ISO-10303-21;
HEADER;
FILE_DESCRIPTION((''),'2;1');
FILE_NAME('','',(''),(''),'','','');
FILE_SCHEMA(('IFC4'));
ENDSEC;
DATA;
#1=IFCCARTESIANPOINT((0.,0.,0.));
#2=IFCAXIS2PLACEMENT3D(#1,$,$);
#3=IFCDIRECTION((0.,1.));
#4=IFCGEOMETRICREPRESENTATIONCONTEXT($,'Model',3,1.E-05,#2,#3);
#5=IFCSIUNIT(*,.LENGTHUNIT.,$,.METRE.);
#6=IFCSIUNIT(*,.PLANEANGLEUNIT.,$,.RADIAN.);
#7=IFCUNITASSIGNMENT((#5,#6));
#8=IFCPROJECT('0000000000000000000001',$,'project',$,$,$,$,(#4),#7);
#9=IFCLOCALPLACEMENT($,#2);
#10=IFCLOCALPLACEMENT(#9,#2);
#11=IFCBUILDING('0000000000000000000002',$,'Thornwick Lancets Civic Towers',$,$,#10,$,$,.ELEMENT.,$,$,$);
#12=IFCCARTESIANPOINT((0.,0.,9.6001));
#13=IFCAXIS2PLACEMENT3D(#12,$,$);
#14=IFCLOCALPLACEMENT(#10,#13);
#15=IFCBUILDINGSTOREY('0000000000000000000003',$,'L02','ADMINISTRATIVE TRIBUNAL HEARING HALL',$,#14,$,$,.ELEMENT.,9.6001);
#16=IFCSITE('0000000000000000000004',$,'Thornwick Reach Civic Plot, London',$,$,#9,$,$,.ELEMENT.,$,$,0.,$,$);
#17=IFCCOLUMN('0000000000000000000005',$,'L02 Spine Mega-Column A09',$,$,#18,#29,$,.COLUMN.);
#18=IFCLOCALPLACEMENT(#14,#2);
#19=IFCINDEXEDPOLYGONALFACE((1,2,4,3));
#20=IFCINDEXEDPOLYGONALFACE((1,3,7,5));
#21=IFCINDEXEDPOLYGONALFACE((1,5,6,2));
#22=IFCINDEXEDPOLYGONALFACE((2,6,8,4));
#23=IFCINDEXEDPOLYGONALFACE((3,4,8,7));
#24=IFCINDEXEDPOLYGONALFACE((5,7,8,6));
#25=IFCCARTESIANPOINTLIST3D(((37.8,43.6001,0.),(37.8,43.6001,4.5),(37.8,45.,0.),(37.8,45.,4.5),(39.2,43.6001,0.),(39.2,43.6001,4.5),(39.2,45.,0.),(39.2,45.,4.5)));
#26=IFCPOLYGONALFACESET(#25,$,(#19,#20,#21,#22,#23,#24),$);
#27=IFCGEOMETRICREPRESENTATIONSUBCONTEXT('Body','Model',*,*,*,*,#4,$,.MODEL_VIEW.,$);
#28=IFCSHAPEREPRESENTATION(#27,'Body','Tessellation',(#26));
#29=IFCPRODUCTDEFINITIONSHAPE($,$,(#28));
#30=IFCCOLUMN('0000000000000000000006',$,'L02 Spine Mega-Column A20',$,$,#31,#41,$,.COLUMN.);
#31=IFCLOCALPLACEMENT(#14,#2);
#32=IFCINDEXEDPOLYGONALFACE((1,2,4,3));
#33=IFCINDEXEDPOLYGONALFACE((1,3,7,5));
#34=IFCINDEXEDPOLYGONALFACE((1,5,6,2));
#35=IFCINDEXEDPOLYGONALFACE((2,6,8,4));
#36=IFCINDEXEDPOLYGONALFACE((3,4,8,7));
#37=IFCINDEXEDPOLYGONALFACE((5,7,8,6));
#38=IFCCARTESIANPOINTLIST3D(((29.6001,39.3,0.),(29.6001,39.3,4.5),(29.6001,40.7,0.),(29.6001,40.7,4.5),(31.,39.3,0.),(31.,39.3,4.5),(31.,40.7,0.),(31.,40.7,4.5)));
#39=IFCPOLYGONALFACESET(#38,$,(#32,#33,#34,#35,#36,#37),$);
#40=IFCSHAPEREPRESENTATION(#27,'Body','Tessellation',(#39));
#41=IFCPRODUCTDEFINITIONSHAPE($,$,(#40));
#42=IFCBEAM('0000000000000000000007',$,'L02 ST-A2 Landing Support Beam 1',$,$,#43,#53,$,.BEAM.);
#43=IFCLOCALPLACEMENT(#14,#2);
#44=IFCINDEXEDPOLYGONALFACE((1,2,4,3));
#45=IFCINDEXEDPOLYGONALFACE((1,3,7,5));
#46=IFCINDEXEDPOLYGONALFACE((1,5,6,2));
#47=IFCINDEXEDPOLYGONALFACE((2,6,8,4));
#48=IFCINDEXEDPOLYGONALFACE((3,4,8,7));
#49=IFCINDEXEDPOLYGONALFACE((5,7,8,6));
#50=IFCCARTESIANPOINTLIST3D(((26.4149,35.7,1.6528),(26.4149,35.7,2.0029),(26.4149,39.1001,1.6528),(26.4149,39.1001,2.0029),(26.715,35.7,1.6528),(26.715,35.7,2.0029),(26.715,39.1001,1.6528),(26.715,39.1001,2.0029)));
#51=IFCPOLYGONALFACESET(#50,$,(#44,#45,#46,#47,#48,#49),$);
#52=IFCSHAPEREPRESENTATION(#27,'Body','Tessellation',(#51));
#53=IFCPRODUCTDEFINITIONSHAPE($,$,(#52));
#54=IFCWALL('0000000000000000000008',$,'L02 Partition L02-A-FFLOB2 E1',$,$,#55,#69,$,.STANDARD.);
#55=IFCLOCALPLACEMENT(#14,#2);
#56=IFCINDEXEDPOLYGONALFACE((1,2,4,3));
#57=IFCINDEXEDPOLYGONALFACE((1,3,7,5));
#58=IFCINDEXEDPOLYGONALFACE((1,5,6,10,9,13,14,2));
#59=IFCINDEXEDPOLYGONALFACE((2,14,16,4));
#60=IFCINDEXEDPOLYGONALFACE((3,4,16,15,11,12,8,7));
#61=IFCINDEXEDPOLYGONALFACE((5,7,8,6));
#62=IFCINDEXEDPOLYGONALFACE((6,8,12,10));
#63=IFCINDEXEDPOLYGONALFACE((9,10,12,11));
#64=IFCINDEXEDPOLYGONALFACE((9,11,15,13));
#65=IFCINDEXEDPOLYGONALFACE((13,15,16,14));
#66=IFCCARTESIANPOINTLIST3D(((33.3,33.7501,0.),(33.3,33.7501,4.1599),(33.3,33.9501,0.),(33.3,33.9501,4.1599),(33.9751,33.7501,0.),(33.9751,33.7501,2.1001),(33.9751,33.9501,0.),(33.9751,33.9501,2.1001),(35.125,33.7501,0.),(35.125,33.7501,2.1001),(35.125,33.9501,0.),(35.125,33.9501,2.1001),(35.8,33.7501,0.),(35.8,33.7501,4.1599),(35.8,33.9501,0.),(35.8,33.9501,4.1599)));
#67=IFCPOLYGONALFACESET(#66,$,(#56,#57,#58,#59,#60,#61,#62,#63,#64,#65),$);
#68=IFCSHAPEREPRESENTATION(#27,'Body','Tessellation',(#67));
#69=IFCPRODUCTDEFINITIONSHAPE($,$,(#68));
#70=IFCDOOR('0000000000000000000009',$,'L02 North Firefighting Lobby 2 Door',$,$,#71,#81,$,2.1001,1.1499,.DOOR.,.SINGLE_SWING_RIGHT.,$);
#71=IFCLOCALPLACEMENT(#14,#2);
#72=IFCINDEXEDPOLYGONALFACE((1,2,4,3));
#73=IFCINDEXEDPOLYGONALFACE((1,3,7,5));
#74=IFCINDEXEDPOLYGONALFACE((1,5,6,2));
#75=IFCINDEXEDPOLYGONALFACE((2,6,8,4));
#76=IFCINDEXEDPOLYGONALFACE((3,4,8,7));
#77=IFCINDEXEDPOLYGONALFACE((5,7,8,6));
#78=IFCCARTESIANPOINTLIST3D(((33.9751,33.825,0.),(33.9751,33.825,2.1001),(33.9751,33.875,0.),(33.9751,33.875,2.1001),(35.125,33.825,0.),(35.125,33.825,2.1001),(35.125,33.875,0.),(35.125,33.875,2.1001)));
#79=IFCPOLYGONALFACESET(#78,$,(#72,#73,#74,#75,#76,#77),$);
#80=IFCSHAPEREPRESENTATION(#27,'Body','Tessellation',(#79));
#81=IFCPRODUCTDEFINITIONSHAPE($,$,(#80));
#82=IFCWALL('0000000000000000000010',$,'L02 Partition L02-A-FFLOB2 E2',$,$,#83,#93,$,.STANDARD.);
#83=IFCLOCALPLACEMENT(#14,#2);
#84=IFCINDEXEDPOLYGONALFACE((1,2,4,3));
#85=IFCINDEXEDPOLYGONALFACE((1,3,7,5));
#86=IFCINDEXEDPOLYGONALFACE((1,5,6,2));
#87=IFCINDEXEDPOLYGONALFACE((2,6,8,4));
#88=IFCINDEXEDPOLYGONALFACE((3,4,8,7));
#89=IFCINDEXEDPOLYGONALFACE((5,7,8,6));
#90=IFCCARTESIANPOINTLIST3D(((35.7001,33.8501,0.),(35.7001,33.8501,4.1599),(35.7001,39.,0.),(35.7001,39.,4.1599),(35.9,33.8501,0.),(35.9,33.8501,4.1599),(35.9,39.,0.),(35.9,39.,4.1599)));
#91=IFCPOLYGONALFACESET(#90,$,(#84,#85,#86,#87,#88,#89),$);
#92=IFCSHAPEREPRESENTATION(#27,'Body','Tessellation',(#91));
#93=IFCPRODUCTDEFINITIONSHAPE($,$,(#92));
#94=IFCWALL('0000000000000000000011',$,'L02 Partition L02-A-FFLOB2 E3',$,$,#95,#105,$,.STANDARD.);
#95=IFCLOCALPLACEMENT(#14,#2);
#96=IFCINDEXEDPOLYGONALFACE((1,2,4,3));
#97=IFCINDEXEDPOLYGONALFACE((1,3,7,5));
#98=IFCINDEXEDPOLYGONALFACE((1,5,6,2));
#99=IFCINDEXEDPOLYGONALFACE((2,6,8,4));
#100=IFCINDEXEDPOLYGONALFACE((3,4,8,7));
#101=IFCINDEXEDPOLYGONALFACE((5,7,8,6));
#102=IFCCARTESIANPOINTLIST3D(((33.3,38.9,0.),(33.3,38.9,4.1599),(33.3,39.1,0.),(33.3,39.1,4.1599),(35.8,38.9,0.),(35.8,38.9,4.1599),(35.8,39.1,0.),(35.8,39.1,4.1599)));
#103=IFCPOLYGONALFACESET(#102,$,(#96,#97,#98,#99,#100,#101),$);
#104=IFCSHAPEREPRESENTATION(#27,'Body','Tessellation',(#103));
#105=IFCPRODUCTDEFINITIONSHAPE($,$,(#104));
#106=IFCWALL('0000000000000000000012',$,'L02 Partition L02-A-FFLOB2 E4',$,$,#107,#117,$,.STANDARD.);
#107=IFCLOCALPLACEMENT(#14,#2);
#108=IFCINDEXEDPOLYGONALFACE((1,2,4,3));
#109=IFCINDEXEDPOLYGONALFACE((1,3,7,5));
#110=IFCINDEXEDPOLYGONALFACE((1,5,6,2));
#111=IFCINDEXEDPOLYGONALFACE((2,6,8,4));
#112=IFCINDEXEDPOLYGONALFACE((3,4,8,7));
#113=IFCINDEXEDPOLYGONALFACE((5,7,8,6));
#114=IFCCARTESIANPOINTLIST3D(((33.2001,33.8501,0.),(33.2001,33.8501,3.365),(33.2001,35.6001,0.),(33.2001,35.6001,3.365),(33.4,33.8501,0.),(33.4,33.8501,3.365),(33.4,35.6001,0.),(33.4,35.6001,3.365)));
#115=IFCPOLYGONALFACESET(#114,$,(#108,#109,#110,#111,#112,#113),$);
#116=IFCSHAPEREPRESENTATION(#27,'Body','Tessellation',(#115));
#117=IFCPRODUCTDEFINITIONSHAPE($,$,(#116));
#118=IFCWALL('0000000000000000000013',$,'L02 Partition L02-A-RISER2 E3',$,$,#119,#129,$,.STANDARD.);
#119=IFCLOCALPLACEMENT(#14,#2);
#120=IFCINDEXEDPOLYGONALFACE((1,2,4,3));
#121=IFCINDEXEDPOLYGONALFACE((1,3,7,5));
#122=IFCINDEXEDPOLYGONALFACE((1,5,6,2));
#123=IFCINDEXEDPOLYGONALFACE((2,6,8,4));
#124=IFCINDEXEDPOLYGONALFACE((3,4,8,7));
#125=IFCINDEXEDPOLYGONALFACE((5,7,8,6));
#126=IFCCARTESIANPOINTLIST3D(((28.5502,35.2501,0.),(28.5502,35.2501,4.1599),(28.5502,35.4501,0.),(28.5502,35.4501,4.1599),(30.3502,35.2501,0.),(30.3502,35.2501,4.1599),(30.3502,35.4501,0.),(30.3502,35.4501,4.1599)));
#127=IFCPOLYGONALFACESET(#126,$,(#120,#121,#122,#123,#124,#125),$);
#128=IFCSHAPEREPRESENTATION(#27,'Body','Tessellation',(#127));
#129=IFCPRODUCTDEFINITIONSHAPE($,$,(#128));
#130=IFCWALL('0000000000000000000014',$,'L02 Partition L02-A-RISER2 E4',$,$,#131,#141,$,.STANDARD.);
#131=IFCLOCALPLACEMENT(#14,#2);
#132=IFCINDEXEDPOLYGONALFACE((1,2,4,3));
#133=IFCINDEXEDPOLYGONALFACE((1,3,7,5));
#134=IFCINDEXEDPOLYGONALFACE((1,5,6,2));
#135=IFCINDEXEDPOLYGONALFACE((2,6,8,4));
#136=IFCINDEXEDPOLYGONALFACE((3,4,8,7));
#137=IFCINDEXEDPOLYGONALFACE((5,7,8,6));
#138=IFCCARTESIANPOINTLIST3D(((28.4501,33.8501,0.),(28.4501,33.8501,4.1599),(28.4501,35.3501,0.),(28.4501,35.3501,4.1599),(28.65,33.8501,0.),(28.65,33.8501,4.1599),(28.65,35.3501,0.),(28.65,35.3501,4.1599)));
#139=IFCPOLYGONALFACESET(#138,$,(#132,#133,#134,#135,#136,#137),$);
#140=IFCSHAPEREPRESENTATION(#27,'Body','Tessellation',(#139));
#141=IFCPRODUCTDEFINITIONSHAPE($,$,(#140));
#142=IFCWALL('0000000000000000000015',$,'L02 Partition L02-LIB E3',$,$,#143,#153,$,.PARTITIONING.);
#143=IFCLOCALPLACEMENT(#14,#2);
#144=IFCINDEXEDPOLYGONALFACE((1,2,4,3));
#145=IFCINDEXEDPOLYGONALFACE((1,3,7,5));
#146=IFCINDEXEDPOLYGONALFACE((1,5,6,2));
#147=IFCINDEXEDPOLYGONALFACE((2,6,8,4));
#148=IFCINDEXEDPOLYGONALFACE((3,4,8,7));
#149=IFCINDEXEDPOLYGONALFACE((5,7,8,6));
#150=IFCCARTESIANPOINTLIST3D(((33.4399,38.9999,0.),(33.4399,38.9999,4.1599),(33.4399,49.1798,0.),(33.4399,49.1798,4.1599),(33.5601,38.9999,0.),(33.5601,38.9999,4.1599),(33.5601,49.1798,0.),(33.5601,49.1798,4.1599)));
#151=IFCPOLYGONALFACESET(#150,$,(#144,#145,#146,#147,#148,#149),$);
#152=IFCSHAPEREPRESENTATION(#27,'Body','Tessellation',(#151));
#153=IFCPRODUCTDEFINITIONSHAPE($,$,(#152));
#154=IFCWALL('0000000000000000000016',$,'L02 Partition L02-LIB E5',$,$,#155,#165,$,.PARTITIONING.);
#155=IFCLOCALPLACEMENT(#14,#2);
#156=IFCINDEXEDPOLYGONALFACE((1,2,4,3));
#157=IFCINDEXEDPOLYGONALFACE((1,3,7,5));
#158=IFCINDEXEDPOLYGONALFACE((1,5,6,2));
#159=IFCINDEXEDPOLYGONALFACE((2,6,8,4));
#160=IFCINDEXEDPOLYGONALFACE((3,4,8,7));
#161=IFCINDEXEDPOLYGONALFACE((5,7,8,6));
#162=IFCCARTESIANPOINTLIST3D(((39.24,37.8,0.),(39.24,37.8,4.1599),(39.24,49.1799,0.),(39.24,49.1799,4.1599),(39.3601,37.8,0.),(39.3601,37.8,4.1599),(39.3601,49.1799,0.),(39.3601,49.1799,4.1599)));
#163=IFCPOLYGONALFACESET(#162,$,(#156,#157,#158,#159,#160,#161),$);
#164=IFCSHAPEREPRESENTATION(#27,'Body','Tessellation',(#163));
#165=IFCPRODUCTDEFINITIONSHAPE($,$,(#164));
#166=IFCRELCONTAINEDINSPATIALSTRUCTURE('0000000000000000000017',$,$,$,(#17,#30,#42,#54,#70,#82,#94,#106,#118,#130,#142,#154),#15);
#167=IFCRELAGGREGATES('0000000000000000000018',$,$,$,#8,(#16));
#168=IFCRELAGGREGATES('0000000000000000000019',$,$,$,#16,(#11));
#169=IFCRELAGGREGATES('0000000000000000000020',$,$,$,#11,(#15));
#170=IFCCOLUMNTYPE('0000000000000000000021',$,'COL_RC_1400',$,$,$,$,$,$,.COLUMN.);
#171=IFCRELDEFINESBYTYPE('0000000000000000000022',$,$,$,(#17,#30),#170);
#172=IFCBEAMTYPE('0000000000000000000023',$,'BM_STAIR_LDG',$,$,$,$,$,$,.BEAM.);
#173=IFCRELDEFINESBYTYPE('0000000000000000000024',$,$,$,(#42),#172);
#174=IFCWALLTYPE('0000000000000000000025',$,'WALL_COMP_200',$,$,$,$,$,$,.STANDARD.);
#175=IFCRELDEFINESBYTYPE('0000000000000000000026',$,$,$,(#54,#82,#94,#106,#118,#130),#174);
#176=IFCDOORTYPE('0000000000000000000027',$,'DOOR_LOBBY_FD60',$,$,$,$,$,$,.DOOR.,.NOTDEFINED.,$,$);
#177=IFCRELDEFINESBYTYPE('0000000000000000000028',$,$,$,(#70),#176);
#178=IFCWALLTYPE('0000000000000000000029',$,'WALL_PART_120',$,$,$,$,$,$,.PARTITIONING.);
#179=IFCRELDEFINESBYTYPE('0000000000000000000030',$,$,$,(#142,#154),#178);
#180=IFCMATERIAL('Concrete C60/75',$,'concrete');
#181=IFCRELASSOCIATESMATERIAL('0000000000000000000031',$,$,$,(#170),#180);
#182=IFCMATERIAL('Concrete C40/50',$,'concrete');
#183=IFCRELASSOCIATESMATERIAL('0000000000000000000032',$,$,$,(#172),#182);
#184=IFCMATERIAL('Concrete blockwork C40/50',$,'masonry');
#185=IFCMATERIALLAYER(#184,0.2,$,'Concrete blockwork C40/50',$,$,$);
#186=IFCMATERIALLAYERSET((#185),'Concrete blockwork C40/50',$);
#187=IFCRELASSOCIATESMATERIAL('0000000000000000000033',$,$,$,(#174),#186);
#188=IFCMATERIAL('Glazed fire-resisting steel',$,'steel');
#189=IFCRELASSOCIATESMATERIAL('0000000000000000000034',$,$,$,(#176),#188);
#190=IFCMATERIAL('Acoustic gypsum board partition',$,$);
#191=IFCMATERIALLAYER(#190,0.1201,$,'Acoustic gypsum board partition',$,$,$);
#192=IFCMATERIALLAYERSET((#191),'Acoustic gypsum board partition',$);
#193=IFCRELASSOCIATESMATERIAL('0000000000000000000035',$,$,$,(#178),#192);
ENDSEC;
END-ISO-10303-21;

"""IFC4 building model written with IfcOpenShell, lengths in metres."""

from ifc_helpers import new_model, si_unit, direction, frame, frame_2d, origin, origin_2d, place, context, subcontext, project, spatial, rectangle, extrude, material, layer, layer_set, material_profile, profile_set, type_object, element, fill, save


model = new_model("IFC4")

# Units and contexts
model_context = context("Model", 3, precision=1e-05, world=origin(), true_north=direction((0.0, 1.0)))
body_context = subcontext(model_context, "Body", "Model", "MODEL_VIEW")
ifc_project = project(units=[si_unit("LENGTHUNIT", "METRE"), si_unit("PLANEANGLEUNIT", "RADIAN")], contexts=[model_context])

# Site, building, storey
site_placement = place(None, origin())
site = spatial("IfcSite", under=ifc_project, at=site_placement, Name="Thornwick Reach Civic Plot, London", CompositionType="ELEMENT", RefElevation=0.0)
building_placement = place(site_placement, origin())
building = spatial("IfcBuilding", under=site, at=building_placement, Name="Thornwick Lancets Civic Towers", CompositionType="ELEMENT")
storey_placement = place(building_placement, frame((0.0, 0.0, 9.6001)))
storey = spatial("IfcBuildingStorey", under=building, at=storey_placement, Name="L02", Description="ADMINISTRATIVE TRIBUNAL HEARING HALL", CompositionType="ELEMENT", Elevation=9.6001)

# Columns
ifc_material_1 = material(Name="Concrete C60/75", Category="concrete")
ifc_material_profile_1 = material_profile(ifc_material_1, rectangle(XDim=1.3999, YDim=1.3999, at=origin_2d()), Name="RC 1400x1400")
ifc_profile_set_1 = profile_set([ifc_material_profile_1], Name="Concrete C60/75")
column_type = type_object("IfcColumnType", Name="COL_RC_1400", PredefinedType="COLUMN", material=ifc_profile_set_1)
for number, where, z_axis, x_axis, name in (
    (1, (38.5, 44.3, 0.0), (0.0, 0.0, 1.0), (1.0, 0.0, 0.0), "L02 Spine Mega-Column A09"),
    (2, (30.3, 40.0, 0.0), (0.0, 0.0, 1.0), (1.0, 0.0, 0.0), "L02 Spine Mega-Column A20"),
):
    element("IfcColumn", number, at=place(storey_placement, frame(where, z_axis=z_axis, x_axis=x_axis)), inside=storey, type_object=column_type, Name=name, PredefinedType="COLUMN", context=body_context, shape_type="SweptSolid", body=[
        extrude(rectangle(XDim=1.3999, YDim=1.3999, at=origin_2d()), origin(), (0.0, 0.0, 1.0), 4.5),
    ])

# Beam
ifc_material_2 = material(Name="Concrete C40/50", Category="concrete")
ifc_material_profile_2 = material_profile(ifc_material_2, rectangle(XDim=0.3, YDim=0.3501, at=origin_2d()), Name="RC 300x350")
ifc_profile_set_2 = profile_set([ifc_material_profile_2], Name="Concrete C40/50")
beam_type = type_object("IfcBeamType", Name="BM_STAIR_LDG", PredefinedType="BEAM", material=ifc_profile_set_2)
beam_placement = place(storey_placement, frame((26.5649, 39.1001, 1.8279), z_axis=(0.0, -1.0, 0.0), x_axis=(1.0, 0.0, 0.0)))
element("IfcBeam", 3, at=beam_placement, inside=storey, type_object=beam_type, Name="L02 ST-A2 Landing Support Beam 1", PredefinedType="BEAM", context=body_context, shape_type="SweptSolid", body=[
    extrude(rectangle(XDim=0.3, YDim=0.3501, at=origin_2d()), origin(), (0.0, 0.0, 1.0), 3.4001),
])

# Wall, opening, door
ifc_material_3 = material(Name="Concrete blockwork C40/50", Category="masonry")
ifc_layer_1 = layer(ifc_material_3, 0.2, Name="Concrete blockwork C40/50")
ifc_layer_set_1 = layer_set([ifc_layer_1], Name="Concrete blockwork C40/50")
wall_type_1 = type_object("IfcWallType", Name="WALL_COMP_200", PredefinedType="STANDARD", material=ifc_layer_set_1)
wall_1_placement = place(storey_placement, frame((33.3, 33.8501, 0.0), z_axis=(0.0, 0.0, 1.0), x_axis=(1.0, 0.0, 0.0)))
wall_1 = element("IfcWall", 4, at=wall_1_placement, inside=storey, type_object=wall_type_1, Name="L02 Partition L02-A-FFLOB2 E1", PredefinedType="STANDARD", context=body_context, shape_type="SweptSolid", body=[
    extrude(rectangle(XDim=2.5, YDim=0.2, at=frame_2d((1.25, 0.0))), origin(), (0.0, 0.0, 1.0), 4.1599),
])
opening_1_placement = place(wall_1_placement, frame((0.675, 0.0, 0.0)))
opening_1 = element("IfcOpeningElement", 5, at=opening_1_placement, cuts=wall_1, PredefinedType="OPENING", context=body_context, shape_type="SweptSolid", body=[
    extrude(rectangle(XDim=1.1499, YDim=2.1001, at=frame_2d((0.575, 1.05))), frame((0.0, 0.1099, 0.0), z_axis=(0.0, -1.0, 0.0), x_axis=(1.0, 0.0, 0.0)), (0.0, 0.0, 1.0), 0.22),
])
ifc_material_4 = material(Name="Glazed fire-resisting steel", Category="steel")
door_type_1 = type_object("IfcDoorType", Name="DOOR_LOBBY_FD60", OperationType="NOTDEFINED", PredefinedType="DOOR", material=ifc_material_4)
door_1_placement = place(opening_1_placement, origin())
door_1 = element("IfcDoor", 6, at=door_1_placement, inside=storey, type_object=door_type_1, Name="L02 North Firefighting Lobby 2 Door", OperationType="SINGLE_SWING_RIGHT", OverallHeight=2.1001, OverallWidth=1.1499, PredefinedType="DOOR", context=body_context, shape_type="SweptSolid", body=[
    extrude(rectangle(XDim=1.1499, YDim=2.1001, at=frame_2d((0.575, 1.05))), frame((0.0, 0.0249, 0.0), z_axis=(0.0, -1.0, 0.0), x_axis=(1.0, 0.0, 0.0)), (0.0, 0.0, 1.0), 0.05),
])
fill(opening_1, door_1)

# Walls
wall_2_placement = place(storey_placement, frame((35.8, 33.8501, 0.0), z_axis=(0.0, 0.0, 1.0), x_axis=(0.0, 1.0, 0.0)))
element("IfcWall", 7, at=wall_2_placement, inside=storey, type_object=wall_type_1, Name="L02 Partition L02-A-FFLOB2 E2", PredefinedType="STANDARD", context=body_context, shape_type="SweptSolid", body=[
    extrude(rectangle(XDim=5.1499, YDim=0.2, at=frame_2d((2.575, 0.0))), origin(), (0.0, 0.0, 1.0), 4.1599),
])
wall_3_placement = place(storey_placement, frame((35.8, 39.0, 0.0), z_axis=(0.0, 0.0, 1.0), x_axis=(-1.0, 0.0, 0.0)))
element("IfcWall", 8, at=wall_3_placement, inside=storey, type_object=wall_type_1, Name="L02 Partition L02-A-FFLOB2 E3", PredefinedType="STANDARD", context=body_context, shape_type="SweptSolid", body=[
    extrude(rectangle(XDim=2.5, YDim=0.2, at=frame_2d((1.25, 0.0))), origin(), (0.0, 0.0, 1.0), 4.1599),
])
wall_4_placement = place(storey_placement, frame((33.3, 35.6001, 0.0), z_axis=(0.0, 0.0, 1.0), x_axis=(0.0, -1.0, 0.0)))
element("IfcWall", 9, at=wall_4_placement, inside=storey, type_object=wall_type_1, Name="L02 Partition L02-A-FFLOB2 E4", PredefinedType="STANDARD", context=body_context, shape_type="SweptSolid", body=[
    extrude(rectangle(XDim=1.75, YDim=0.2, at=frame_2d((0.875, 0.0))), origin(), (0.0, 0.0, 1.0), 3.365),
])
wall_5_placement = place(storey_placement, frame((30.3501, 35.3501, 0.0), z_axis=(0.0, 0.0, 1.0), x_axis=(-1.0, 0.0, 0.0)))
element("IfcWall", 10, at=wall_5_placement, inside=storey, type_object=wall_type_1, Name="L02 Partition L02-A-RISER2 E3", PredefinedType="STANDARD", context=body_context, shape_type="SweptSolid", body=[
    extrude(rectangle(XDim=1.8, YDim=0.2, at=frame_2d((0.8999, 0.0))), origin(), (0.0, 0.0, 1.0), 4.1599),
])
wall_6_placement = place(storey_placement, frame((28.55, 35.3501, 0.0), z_axis=(0.0, 0.0, 1.0), x_axis=(0.0, -1.0, 0.0)))
element("IfcWall", 11, at=wall_6_placement, inside=storey, type_object=wall_type_1, Name="L02 Partition L02-A-RISER2 E4", PredefinedType="STANDARD", context=body_context, shape_type="SweptSolid", body=[
    extrude(rectangle(XDim=1.5, YDim=0.2, at=frame_2d((0.75, 0.0))), origin(), (0.0, 0.0, 1.0), 4.1599),
])
ifc_material_5 = material(Name="Acoustic gypsum board partition")
ifc_layer_2 = layer(ifc_material_5, 0.1201, Name="Acoustic gypsum board partition")
ifc_layer_set_2 = layer_set([ifc_layer_2], Name="Acoustic gypsum board partition")
wall_type_2 = type_object("IfcWallType", Name="WALL_PART_120", PredefinedType="PARTITIONING", material=ifc_layer_set_2)
wall_7_placement = place(storey_placement, frame((33.5, 39.0, 0.0), z_axis=(0.0, 0.0, 1.0), x_axis=(0.0, 1.0, 0.0)))
element("IfcWall", 12, at=wall_7_placement, inside=storey, type_object=wall_type_2, Name="L02 Partition L02-LIB E3", PredefinedType="PARTITIONING", context=body_context, shape_type="SweptSolid", body=[
    extrude(rectangle(XDim=10.1799, YDim=0.1201, at=frame_2d((5.0898, 0.0))), origin(), (0.0, 0.0, 1.0), 4.1599),
])
wall_8_placement = place(storey_placement, frame((39.3, 49.1799, 0.0), z_axis=(0.0, 0.0, 1.0), x_axis=(0.0, -1.0, 0.0)))
element("IfcWall", 13, at=wall_8_placement, inside=storey, type_object=wall_type_2, Name="L02 Partition L02-LIB E5", PredefinedType="PARTITIONING", context=body_context, shape_type="SweptSolid", body=[
    extrude(rectangle(XDim=11.3799, YDim=0.1201, at=frame_2d((5.6899, 0.0))), origin(), (0.0, 0.0, 1.0), 4.1599),
])

save(model, "model.ifc")
